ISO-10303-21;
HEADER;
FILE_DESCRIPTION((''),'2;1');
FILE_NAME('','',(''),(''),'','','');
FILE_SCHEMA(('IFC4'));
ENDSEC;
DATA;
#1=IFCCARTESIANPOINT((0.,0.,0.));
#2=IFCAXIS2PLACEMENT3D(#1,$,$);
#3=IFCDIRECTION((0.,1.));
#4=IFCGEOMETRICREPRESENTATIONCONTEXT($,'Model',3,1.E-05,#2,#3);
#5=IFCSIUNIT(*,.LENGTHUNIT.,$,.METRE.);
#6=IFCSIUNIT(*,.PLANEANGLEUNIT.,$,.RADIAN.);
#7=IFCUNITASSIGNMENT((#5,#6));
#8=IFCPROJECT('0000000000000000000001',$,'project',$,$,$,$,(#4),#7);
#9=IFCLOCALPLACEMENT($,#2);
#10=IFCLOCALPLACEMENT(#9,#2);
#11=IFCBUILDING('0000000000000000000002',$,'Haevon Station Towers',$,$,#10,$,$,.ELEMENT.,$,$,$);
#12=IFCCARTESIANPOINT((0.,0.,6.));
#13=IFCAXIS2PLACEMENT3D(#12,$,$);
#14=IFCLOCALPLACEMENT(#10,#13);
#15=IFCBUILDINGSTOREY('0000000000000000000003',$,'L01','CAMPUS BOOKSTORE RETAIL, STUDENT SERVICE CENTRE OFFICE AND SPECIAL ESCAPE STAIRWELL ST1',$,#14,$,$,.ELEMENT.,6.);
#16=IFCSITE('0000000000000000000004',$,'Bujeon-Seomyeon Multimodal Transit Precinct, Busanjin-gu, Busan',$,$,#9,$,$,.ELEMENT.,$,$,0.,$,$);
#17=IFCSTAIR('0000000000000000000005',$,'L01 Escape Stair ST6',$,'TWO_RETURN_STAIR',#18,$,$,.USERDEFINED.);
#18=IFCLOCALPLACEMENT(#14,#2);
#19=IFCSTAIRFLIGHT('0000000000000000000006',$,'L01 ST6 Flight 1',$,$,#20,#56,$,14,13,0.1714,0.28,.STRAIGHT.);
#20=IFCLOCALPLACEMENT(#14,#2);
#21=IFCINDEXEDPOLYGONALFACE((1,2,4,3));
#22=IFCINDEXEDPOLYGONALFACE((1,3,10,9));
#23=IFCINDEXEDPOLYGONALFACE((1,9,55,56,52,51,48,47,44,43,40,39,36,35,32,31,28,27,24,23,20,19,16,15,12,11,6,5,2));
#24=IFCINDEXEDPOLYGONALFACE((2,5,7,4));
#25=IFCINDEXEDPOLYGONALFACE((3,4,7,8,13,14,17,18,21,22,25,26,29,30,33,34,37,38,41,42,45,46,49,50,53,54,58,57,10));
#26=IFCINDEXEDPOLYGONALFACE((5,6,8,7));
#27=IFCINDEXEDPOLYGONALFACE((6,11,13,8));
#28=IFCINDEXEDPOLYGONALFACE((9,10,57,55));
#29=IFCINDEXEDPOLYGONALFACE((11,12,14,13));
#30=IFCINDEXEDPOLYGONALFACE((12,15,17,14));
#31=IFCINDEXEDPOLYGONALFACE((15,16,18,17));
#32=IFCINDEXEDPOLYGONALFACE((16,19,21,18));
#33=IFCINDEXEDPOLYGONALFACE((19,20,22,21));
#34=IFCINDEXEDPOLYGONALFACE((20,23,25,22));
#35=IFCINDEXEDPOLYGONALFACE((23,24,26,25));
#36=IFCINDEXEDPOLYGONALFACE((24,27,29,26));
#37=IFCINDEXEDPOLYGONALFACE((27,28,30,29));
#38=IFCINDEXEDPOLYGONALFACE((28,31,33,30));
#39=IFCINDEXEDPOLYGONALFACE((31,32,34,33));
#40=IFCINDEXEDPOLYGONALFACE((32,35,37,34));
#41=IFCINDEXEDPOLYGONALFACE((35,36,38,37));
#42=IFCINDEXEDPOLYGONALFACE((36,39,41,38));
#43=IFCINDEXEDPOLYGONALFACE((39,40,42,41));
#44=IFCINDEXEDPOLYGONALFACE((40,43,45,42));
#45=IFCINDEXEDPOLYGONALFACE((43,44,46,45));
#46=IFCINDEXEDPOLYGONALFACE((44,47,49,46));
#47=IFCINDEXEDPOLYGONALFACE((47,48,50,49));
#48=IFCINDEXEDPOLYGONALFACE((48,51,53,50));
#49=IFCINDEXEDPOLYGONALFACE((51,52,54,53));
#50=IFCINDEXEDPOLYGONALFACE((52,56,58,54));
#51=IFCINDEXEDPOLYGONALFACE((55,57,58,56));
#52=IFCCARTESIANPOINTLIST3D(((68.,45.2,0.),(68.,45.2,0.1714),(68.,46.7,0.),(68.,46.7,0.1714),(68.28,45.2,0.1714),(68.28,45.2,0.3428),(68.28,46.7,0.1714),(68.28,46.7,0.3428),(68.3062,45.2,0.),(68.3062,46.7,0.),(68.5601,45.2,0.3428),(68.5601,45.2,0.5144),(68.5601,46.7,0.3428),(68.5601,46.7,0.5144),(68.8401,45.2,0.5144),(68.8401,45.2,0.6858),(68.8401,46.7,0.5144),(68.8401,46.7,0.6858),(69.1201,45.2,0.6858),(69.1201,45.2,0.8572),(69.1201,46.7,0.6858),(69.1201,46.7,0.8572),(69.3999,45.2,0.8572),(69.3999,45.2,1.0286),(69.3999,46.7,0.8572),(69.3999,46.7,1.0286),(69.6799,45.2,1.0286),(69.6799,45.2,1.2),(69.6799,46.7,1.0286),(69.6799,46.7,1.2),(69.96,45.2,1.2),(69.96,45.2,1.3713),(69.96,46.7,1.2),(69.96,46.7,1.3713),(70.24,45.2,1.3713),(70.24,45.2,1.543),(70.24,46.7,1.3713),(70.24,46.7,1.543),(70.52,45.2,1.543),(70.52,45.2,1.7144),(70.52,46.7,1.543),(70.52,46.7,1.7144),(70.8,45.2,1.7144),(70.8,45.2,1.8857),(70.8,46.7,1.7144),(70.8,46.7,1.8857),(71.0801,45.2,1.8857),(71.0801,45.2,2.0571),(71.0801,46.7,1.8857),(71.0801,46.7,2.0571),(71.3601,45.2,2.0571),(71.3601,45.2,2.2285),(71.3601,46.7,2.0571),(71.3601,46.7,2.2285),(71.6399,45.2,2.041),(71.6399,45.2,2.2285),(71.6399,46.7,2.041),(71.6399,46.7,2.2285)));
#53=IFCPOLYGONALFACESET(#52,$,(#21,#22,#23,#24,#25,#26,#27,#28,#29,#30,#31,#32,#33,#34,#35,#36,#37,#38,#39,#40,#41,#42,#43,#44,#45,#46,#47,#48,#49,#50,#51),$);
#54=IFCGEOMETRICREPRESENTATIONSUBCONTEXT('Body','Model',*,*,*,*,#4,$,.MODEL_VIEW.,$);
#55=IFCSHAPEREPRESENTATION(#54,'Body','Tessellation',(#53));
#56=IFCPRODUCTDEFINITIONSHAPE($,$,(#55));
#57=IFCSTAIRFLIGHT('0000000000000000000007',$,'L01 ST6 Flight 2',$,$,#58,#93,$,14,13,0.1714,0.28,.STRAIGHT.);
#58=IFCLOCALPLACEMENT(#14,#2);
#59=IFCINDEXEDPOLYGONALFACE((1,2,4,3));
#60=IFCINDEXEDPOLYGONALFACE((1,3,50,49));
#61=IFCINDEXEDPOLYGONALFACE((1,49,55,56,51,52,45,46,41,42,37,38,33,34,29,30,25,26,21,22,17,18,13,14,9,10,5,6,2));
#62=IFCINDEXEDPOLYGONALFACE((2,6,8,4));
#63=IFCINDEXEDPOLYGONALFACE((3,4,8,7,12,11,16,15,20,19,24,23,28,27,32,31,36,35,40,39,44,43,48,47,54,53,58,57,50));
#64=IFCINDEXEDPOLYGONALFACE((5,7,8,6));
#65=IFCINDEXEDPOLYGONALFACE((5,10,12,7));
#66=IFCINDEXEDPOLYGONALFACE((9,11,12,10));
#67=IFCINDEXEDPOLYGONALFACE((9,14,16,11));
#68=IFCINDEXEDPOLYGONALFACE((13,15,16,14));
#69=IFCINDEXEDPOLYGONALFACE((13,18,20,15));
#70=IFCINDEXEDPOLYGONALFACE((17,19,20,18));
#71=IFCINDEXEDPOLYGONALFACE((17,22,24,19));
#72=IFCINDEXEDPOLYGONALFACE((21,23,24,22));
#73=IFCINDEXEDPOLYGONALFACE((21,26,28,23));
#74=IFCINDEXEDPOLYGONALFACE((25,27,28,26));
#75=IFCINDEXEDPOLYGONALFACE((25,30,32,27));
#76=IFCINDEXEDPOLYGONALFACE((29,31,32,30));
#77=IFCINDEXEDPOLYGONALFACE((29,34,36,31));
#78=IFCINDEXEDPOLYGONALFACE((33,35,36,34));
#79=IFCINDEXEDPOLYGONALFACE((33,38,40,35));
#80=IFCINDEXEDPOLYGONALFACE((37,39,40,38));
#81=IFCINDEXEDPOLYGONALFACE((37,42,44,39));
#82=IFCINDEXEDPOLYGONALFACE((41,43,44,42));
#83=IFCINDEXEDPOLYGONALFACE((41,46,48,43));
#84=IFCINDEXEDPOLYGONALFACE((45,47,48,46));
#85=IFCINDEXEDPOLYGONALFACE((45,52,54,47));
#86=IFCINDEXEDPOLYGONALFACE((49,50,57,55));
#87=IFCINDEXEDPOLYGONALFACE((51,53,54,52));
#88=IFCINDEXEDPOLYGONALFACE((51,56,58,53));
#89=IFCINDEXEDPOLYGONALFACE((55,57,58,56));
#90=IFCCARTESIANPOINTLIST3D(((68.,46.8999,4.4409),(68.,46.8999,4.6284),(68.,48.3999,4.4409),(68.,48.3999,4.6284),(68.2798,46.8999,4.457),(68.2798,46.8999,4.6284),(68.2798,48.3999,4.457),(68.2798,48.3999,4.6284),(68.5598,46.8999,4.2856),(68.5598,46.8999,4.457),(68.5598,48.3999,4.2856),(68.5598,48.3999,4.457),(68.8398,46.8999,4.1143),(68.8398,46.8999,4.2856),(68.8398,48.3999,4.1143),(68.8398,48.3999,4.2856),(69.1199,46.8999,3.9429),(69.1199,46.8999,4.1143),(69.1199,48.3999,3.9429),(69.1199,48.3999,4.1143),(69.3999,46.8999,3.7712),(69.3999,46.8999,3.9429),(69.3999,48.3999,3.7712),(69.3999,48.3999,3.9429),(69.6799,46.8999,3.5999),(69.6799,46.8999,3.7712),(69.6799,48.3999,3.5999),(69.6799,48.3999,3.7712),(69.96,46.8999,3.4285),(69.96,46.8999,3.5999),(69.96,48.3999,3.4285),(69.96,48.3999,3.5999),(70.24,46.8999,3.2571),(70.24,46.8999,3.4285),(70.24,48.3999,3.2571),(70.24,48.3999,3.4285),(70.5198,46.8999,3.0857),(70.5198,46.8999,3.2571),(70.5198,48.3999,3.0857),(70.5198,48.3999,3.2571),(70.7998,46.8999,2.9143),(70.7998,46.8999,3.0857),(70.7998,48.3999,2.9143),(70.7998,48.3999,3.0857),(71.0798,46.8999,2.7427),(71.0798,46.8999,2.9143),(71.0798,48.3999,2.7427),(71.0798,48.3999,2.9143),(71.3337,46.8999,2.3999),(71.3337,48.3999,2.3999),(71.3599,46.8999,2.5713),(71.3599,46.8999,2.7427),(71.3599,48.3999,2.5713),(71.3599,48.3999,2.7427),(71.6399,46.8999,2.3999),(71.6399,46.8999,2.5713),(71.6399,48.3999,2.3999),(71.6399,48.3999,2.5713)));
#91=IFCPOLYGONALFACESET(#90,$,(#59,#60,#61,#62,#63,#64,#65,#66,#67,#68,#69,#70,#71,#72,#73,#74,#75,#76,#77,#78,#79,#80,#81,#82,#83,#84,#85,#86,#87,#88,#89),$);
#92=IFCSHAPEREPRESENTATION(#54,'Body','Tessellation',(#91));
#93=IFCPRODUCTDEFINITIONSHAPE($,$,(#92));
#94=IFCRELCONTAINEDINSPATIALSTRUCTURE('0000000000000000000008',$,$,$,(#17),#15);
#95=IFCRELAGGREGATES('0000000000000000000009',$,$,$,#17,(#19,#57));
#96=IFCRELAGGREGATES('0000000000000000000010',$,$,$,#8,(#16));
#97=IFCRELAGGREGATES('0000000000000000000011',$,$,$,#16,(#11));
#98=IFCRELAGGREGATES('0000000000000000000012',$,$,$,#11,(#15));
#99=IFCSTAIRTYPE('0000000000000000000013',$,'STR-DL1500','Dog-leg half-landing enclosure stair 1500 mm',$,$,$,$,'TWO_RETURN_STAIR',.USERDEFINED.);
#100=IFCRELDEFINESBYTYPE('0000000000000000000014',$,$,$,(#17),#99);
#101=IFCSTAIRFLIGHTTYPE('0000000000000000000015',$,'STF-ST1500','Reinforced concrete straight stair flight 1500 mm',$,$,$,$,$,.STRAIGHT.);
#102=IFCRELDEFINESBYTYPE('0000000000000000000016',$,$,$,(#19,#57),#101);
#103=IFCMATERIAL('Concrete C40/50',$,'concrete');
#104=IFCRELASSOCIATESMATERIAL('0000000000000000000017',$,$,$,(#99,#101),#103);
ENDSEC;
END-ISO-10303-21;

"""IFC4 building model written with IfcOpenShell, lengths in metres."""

from ifc_helpers import new_model, si_unit, direction, frame, origin, place, context, subcontext, project, spatial, polyline, outline, extrude, material, type_object, element, aggregate, save


model = new_model("IFC4")

# Units and contexts
model_context = context("Model", 3, precision=1e-05, world=origin(), true_north=direction((0.0, 1.0)))
body_context = subcontext(model_context, "Body", "Model", "MODEL_VIEW")
ifc_project = project(units=[si_unit("LENGTHUNIT", "METRE"), si_unit("PLANEANGLEUNIT", "RADIAN")], contexts=[model_context])

# Site, building, storey
site_placement = place(None, origin())
site = spatial("IfcSite", under=ifc_project, at=site_placement, Name="Bujeon-Seomyeon Multimodal Transit Precinct, Busanjin-gu, Busan", CompositionType="ELEMENT", RefElevation=0.0)
building_placement = place(site_placement, origin())
building = spatial("IfcBuilding", under=site, at=building_placement, Name="Haevon Station Towers", CompositionType="ELEMENT")
storey_placement = place(building_placement, frame((0.0, 0.0, 6.0)))
storey = spatial("IfcBuildingStorey", under=building, at=storey_placement, Name="L01", Description="CAMPUS BOOKSTORE RETAIL, STUDENT SERVICE CENTRE OFFICE AND SPECIAL ESCAPE STAIRWELL ST1", CompositionType="ELEMENT", Elevation=6.0)

# Shared definitions
ifc_material_1 = material(Name="Concrete C40/50", Category="concrete")

# Stair, stair flights
stair_type = type_object("IfcStairType", Name="STR-DL1500", Description="Dog-leg half-landing enclosure stair 1500 mm", ElementType="TWO_RETURN_STAIR", PredefinedType="USERDEFINED", material=ifc_material_1)
stair_placement = place(storey_placement, origin())
stair = element("IfcStair", 1, at=stair_placement, inside=storey, type_object=stair_type, Name="L01 Escape Stair ST6", ObjectType="TWO_RETURN_STAIR", PredefinedType="USERDEFINED")
stair_flight_type = type_object("IfcStairFlightType", Name="STF-ST1500", Description="Reinforced concrete straight stair flight 1500 mm", PredefinedType="STRAIGHT", material=ifc_material_1)
stair_flight_1_placement = place(storey_placement, frame((68.0, 45.95, 0.0), z_axis=(0.0, 0.0, 1.0), x_axis=(1.0, 0.0, 0.0)))
stair_flight_1 = element("IfcStairFlight", 2, at=stair_flight_1_placement, type_object=stair_flight_type, Name="L01 ST6 Flight 1", NumberOfRisers=14, NumberOfTreads=13, PredefinedType="STRAIGHT", RiserHeight=0.1714, TreadLength=0.28, context=body_context, shape_type="SweptSolid", body=[
    extrude(outline(polyline([(0.0, 0.0), (0.0, 0.1714), (0.28, 0.1714), (0.28, 0.3428), (0.5601, 0.3428), (0.5601, 0.5144), (0.8401, 0.5144), (0.8401, 0.6858), (1.1201, 0.6858), (1.1201, 0.8572), (1.3999, 0.8572), (1.3999, 1.0286), (1.6799, 1.0286), (1.6799, 1.2), (1.96, 1.2), (1.96, 1.3713), (2.24, 1.3713), (2.24, 1.543), (2.52, 1.543), (2.52, 1.7144), (2.8, 1.7144), (2.8, 1.8857), (3.0801, 1.8857), (3.0801, 2.0571), (3.3601, 2.0571), (3.3601, 2.2285), (3.6399, 2.2285), (3.6399, 2.3999), (3.6399, 2.041), (0.3062, 0.0), (0.0, 0.0)])), frame((0.0, 0.75, 0.0), z_axis=(0.0, -1.0, 0.0), x_axis=(1.0, 0.0, 0.0)), (0.0, 0.0, 1.0), 1.5),
])
stair_flight_2_placement = place(storey_placement, frame((71.6399, 47.6499, 2.3999), z_axis=(0.0, 0.0, 1.0), x_axis=(-1.0, 0.0, 0.0)))
stair_flight_2 = element("IfcStairFlight", 3, at=stair_flight_2_placement, type_object=stair_flight_type, Name="L01 ST6 Flight 2", NumberOfRisers=14, NumberOfTreads=13, PredefinedType="STRAIGHT", RiserHeight=0.1714, TreadLength=0.28, context=body_context, shape_type="SweptSolid", body=[
    extrude(outline(polyline([(0.0, 0.0), (0.0, 0.1714), (0.28, 0.1714), (0.28, 0.3428), (0.5601, 0.3428), (0.5601, 0.5144), (0.8401, 0.5144), (0.8401, 0.6858), (1.1201, 0.6858), (1.1201, 0.8572), (1.3999, 0.8572), (1.3999, 1.0286), (1.6799, 1.0286), (1.6799, 1.2), (1.96, 1.2), (1.96, 1.3713), (2.24, 1.3713), (2.24, 1.543), (2.52, 1.543), (2.52, 1.7144), (2.8, 1.7144), (2.8, 1.8857), (3.0801, 1.8857), (3.0801, 2.0571), (3.3601, 2.0571), (3.3601, 2.2285), (3.6399, 2.2285), (3.6399, 2.3999), (3.6399, 2.041), (0.3062, 0.0), (0.0, 0.0)])), frame((0.0, 0.75, 0.0), z_axis=(0.0, -1.0, 0.0), x_axis=(1.0, 0.0, 0.0)), (0.0, 0.0, 1.0), 1.5),
])
aggregate(stair, [stair_flight_1, stair_flight_2])

save(model, "model.ifc")
